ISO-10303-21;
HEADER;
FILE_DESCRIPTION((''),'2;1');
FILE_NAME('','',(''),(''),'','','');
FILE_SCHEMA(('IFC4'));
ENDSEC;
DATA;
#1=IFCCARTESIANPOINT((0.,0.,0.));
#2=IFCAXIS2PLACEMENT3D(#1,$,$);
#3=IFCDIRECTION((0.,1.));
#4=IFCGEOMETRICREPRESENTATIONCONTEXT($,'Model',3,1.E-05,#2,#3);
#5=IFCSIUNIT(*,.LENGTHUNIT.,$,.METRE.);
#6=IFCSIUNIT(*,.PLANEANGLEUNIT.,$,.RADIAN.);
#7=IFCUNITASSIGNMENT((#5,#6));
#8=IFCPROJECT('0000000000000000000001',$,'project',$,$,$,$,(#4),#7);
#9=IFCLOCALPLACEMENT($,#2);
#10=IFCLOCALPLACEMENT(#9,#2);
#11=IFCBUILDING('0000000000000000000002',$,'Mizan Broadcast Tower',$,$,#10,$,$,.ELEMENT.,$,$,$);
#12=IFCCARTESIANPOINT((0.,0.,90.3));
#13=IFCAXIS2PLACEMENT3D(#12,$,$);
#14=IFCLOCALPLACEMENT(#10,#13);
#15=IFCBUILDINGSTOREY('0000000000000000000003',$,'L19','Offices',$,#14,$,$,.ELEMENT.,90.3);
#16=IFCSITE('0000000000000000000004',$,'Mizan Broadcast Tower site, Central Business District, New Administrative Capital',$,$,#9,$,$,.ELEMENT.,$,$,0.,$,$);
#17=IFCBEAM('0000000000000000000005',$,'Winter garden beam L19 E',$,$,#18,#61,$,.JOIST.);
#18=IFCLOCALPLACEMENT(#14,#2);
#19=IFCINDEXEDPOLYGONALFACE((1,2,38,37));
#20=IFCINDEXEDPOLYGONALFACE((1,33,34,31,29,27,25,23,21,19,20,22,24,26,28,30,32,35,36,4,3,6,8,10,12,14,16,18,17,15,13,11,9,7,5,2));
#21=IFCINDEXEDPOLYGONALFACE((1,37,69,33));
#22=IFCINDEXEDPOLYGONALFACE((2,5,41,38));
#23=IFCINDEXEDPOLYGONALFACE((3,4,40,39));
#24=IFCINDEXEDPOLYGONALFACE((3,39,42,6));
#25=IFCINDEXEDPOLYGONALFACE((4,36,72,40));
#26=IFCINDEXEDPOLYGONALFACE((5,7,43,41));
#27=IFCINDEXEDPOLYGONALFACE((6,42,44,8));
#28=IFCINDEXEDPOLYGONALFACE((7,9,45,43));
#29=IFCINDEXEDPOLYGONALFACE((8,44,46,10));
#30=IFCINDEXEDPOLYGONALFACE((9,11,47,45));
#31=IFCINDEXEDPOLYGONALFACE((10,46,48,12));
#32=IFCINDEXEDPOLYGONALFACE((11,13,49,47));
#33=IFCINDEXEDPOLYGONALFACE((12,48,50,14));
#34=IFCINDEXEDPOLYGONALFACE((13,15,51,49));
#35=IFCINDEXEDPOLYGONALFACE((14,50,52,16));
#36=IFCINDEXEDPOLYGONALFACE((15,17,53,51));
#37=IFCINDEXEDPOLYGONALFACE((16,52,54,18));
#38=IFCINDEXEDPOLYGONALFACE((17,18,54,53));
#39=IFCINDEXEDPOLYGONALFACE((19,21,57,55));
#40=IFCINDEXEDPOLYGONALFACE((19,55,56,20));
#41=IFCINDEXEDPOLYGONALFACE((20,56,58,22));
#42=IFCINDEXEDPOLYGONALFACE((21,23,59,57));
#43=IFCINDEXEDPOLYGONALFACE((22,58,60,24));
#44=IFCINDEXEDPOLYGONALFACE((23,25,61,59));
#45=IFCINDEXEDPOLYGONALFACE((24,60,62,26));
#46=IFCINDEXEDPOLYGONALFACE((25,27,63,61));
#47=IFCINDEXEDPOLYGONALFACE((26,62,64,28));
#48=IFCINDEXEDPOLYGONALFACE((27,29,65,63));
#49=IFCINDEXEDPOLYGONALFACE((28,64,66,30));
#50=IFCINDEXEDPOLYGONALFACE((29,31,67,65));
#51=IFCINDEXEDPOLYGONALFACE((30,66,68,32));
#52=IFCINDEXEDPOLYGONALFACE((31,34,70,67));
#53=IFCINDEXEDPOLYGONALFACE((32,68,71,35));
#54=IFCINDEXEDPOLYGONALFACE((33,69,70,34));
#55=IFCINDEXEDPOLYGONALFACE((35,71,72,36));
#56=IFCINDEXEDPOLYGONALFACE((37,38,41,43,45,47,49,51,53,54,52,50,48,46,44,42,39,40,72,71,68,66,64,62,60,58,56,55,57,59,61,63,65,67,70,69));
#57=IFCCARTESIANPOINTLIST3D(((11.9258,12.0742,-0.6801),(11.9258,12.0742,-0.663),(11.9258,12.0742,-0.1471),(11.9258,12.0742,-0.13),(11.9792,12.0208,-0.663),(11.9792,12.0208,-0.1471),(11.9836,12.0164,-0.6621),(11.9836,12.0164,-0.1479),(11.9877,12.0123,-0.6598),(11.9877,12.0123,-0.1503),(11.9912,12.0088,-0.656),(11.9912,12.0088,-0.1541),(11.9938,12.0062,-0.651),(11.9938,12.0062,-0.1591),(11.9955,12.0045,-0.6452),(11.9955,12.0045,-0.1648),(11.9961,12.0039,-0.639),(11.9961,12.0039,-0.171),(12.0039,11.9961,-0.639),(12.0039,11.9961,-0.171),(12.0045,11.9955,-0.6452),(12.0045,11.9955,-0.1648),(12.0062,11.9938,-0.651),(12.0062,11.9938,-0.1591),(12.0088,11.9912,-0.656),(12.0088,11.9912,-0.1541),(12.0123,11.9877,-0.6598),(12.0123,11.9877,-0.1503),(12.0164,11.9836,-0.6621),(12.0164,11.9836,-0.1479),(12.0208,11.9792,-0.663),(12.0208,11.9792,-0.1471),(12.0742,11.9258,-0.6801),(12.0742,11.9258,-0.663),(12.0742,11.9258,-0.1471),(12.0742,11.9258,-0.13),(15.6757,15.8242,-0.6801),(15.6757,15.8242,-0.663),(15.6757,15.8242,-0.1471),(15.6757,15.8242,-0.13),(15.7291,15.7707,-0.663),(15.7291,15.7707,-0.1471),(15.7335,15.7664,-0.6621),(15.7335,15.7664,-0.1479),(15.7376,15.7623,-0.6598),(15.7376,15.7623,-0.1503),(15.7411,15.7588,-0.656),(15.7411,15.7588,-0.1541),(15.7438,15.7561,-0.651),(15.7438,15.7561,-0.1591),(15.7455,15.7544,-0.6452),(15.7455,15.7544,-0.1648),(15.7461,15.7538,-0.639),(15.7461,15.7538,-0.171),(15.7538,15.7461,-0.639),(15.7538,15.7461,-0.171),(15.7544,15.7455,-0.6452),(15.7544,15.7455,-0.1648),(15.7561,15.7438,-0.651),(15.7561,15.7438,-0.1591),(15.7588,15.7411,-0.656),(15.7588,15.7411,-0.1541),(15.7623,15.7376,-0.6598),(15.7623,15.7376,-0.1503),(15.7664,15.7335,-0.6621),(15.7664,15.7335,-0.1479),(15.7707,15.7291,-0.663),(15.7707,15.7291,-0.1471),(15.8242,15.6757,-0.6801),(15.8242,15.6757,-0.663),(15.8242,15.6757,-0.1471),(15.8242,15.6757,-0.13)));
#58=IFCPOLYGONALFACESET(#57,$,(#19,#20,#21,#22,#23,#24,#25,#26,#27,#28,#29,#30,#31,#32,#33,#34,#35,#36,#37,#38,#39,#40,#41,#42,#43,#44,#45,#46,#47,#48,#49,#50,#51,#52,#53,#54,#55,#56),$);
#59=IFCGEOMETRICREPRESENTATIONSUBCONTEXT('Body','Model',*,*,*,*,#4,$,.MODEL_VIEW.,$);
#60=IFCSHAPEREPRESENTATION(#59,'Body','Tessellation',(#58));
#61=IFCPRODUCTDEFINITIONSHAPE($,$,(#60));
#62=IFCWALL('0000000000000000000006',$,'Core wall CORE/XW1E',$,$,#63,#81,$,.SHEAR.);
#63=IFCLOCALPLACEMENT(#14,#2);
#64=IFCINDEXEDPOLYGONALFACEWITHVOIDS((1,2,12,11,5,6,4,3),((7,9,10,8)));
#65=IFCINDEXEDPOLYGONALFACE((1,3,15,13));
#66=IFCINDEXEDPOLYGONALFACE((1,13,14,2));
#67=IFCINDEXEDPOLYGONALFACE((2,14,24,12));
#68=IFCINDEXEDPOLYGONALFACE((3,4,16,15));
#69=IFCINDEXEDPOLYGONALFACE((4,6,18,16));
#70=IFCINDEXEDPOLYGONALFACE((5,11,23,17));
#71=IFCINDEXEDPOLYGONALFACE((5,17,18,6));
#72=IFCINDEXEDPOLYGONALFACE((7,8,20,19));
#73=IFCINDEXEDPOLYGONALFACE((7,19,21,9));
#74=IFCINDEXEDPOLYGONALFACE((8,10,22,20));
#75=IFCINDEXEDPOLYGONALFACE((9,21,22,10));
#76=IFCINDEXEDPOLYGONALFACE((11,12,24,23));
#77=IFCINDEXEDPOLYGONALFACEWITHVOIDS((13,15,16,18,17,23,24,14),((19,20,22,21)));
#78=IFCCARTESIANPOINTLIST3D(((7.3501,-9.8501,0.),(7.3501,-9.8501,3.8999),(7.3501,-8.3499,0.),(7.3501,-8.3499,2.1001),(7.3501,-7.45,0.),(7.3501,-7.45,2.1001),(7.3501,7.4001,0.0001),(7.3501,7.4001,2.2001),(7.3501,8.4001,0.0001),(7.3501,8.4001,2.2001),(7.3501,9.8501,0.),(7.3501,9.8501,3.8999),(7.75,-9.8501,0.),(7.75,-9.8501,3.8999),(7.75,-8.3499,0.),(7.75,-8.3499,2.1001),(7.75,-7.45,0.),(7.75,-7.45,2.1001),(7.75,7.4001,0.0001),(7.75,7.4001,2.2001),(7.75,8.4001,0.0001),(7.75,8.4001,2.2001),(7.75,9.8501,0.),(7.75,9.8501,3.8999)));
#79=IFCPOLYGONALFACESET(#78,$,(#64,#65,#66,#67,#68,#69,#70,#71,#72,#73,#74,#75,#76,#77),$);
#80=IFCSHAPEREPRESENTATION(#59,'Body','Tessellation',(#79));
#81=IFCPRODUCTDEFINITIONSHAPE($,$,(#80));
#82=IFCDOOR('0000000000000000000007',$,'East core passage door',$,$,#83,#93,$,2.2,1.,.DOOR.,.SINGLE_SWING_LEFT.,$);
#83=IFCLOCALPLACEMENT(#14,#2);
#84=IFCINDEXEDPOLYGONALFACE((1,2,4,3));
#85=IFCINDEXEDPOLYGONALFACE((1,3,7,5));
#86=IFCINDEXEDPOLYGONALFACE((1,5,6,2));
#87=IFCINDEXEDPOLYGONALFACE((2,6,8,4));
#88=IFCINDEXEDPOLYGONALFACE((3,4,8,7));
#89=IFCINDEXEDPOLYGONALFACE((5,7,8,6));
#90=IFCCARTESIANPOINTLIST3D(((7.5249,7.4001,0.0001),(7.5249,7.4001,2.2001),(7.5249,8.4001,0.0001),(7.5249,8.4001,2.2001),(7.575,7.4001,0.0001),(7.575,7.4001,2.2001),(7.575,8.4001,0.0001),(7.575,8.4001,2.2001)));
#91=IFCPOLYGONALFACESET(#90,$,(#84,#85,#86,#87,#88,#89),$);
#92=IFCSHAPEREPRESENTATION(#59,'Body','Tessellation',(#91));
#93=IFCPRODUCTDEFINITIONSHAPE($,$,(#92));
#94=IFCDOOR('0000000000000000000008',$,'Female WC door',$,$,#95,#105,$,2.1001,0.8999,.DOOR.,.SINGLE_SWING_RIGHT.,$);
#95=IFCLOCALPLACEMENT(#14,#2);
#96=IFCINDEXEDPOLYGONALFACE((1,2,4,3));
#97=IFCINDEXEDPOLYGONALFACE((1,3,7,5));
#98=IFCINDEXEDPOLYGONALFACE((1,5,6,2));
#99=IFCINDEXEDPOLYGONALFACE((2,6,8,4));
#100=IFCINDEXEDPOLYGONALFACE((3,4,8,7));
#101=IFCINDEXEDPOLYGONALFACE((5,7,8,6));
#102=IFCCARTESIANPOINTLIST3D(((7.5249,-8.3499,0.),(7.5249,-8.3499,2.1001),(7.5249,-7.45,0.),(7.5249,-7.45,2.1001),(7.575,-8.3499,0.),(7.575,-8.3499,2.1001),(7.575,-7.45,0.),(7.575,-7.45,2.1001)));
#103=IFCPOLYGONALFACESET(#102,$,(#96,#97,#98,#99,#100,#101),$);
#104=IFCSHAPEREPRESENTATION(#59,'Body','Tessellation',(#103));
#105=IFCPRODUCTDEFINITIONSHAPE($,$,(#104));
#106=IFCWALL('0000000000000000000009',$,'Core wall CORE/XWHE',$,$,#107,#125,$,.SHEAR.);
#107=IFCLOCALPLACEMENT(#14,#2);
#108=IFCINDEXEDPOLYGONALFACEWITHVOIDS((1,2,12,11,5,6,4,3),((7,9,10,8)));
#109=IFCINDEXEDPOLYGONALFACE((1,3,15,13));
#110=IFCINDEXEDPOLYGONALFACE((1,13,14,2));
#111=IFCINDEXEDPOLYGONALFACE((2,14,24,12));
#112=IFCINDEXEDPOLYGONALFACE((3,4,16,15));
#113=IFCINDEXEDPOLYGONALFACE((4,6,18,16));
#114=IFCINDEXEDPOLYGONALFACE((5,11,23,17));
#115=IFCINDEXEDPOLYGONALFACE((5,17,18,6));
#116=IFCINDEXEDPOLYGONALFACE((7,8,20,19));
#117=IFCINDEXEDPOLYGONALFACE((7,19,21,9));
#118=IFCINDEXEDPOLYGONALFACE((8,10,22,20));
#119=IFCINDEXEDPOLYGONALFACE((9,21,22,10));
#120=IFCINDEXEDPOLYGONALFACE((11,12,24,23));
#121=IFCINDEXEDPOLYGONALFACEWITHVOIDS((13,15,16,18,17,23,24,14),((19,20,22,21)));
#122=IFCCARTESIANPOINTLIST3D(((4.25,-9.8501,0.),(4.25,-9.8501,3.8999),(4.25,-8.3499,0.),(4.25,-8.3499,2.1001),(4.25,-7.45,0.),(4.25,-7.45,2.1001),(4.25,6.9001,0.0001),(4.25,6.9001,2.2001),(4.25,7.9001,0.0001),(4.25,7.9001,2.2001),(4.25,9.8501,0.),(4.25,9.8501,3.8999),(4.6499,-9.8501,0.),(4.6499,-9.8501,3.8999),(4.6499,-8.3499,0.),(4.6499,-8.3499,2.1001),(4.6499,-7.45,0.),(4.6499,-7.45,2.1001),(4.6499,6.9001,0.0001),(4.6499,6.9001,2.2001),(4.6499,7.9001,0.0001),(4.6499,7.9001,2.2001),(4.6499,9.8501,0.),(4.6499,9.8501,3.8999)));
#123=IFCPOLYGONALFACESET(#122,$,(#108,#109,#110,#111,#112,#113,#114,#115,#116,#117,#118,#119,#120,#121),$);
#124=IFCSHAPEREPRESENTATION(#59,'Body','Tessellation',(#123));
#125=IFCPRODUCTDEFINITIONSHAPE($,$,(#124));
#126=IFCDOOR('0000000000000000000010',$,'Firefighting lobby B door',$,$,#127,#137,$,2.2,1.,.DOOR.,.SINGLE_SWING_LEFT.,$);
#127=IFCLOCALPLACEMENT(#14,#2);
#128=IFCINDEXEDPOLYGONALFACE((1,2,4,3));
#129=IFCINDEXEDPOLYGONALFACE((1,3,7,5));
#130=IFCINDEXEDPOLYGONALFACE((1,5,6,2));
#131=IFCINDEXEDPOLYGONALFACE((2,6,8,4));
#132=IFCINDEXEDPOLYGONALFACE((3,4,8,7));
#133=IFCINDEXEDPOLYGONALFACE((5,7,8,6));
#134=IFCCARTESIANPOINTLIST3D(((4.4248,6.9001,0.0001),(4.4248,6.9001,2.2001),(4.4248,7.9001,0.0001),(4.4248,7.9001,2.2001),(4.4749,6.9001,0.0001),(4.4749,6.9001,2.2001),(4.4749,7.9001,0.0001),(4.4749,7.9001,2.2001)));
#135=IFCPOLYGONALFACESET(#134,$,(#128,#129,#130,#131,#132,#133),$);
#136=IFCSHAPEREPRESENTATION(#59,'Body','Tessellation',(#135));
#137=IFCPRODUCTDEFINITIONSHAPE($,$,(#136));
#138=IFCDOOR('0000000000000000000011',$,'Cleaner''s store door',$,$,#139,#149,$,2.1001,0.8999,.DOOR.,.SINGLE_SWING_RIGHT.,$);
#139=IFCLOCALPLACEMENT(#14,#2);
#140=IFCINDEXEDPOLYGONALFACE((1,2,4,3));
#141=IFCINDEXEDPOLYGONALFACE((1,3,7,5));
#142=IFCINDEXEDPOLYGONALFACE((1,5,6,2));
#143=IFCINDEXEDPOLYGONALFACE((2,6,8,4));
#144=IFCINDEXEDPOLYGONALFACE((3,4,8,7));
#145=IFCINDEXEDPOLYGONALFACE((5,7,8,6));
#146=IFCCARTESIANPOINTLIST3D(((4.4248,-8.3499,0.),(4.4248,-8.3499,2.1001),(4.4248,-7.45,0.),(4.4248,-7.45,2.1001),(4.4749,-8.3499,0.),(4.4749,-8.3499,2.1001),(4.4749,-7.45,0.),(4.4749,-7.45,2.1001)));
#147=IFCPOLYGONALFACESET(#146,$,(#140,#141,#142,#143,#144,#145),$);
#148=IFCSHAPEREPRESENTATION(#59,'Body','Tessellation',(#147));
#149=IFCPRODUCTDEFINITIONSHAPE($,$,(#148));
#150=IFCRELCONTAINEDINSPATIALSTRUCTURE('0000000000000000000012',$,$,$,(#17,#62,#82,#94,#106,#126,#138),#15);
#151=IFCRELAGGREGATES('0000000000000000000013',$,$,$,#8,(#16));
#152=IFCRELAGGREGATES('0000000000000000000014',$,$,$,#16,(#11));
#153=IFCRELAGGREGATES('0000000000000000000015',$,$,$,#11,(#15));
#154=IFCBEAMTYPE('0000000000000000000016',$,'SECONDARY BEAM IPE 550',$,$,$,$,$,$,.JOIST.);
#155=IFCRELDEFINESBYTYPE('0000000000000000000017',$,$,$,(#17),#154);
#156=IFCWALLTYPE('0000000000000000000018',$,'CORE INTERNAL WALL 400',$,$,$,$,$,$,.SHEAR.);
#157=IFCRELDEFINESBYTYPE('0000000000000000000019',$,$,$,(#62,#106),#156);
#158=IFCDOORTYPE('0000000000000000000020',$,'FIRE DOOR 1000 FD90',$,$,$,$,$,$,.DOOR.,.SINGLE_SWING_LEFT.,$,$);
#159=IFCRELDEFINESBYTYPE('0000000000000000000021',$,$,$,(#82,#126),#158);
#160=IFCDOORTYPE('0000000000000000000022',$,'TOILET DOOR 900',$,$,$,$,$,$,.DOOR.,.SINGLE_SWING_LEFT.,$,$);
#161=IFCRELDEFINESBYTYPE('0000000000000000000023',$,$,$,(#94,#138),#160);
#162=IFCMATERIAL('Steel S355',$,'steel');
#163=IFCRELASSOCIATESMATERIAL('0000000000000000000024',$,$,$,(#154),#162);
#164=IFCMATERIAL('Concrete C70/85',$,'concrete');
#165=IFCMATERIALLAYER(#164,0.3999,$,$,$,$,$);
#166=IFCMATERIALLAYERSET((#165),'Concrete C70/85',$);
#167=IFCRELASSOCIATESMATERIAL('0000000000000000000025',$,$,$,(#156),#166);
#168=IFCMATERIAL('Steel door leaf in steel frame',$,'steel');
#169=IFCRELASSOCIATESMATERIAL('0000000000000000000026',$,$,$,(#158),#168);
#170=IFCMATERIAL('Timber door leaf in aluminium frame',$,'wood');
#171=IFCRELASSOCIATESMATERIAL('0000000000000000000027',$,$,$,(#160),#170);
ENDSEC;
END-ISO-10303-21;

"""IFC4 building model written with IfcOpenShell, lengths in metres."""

from ifc_helpers import new_model, si_unit, direction, frame, frame_2d, origin, origin_2d, place, context, subcontext, project, spatial, rectangle, i_section, extrude, material, layer, layer_set, material_profile, profile_set, type_object, element, fill, save


model = new_model("IFC4")

# Units and contexts
model_context = context("Model", 3, precision=1e-05, world=origin(), true_north=direction((0.0, 1.0)))
body_context = subcontext(model_context, "Body", "Model", "MODEL_VIEW")
ifc_project = project(units=[si_unit("LENGTHUNIT", "METRE"), si_unit("PLANEANGLEUNIT", "RADIAN")], contexts=[model_context])

# Site, building, storey
site_placement = place(None, origin())
site = spatial("IfcSite", under=ifc_project, at=site_placement, Name="Mizan Broadcast Tower site, Central Business District, New Administrative Capital", CompositionType="ELEMENT", RefElevation=0.0)
building_placement = place(site_placement, origin())
building = spatial("IfcBuilding", under=site, at=building_placement, Name="Mizan Broadcast Tower", CompositionType="ELEMENT")
storey_placement = place(building_placement, frame((0.0, 0.0, 90.3)))
storey = spatial("IfcBuildingStorey", under=building, at=storey_placement, Name="L19", Description="Offices", CompositionType="ELEMENT", Elevation=90.3)

# Beam
ifc_material_1 = material(Name="Steel S355", Category="steel")
ifc_material_profile_1 = material_profile(ifc_material_1, i_section(OverallWidth=0.21, OverallDepth=0.55, WebThickness=0.011, FlangeThickness=0.0171, FilletRadius=0.0239, at=origin_2d()), Name="IPE 550")
ifc_profile_set_1 = profile_set([ifc_material_profile_1], Name="Steel S355")
beam_type_1 = type_object("IfcBeamType", Name="SECONDARY BEAM IPE 550", PredefinedType="JOIST", material=ifc_profile_set_1)
beam_1_placement = place(storey_placement, frame((12.0, 12.0, -0.405), z_axis=(0.707107, 0.707107, 0.0), x_axis=(-0.707107, 0.707107, 0.0)))
element("IfcBeam", 1, at=beam_1_placement, inside=storey, type_object=beam_type_1, Name="Winter garden beam L19 E", PredefinedType="JOIST", context=body_context, shape_type="SweptSolid", body=[
    extrude(i_section(OverallWidth=0.21, OverallDepth=0.55, WebThickness=0.011, FlangeThickness=0.0171, FilletRadius=0.0239, at=origin_2d()), origin(), (0.0, 0.0, 1.0), 5.3032),
])

# Walls, openings, doors
ifc_material_2 = material(Name="Concrete C70/85", Category="concrete")
ifc_layer_1 = layer(ifc_material_2, 0.3999)
ifc_layer_set_1 = layer_set([ifc_layer_1], Name="Concrete C70/85")
wall_type_1 = type_object("IfcWallType", Name="CORE INTERNAL WALL 400", PredefinedType="SHEAR", material=ifc_layer_set_1)
wall_1_placement = place(storey_placement, frame((7.55, 9.8501, 0.0), z_axis=(0.0, 0.0, 1.0), x_axis=(0.0, -1.0, 0.0)))
wall_1 = element("IfcWall", 2, at=wall_1_placement, inside=storey, type_object=wall_type_1, Name="Core wall CORE/XW1E", PredefinedType="SHEAR", context=body_context, shape_type="SweptSolid", body=[
    extrude(rectangle(XDim=19.7002, YDim=0.3999, at=frame_2d((9.8501, 0.0))), origin(), (0.0, 0.0, 1.0), 3.8999),
])
opening_1_placement = place(wall_1_placement, frame((1.45, 0.0, 0.0)))
opening_1 = element("IfcOpeningElement", 3, at=opening_1_placement, cuts=wall_1, PredefinedType="OPENING", context=body_context, shape_type="SweptSolid", body=[
    extrude(rectangle(XDim=1.0, YDim=2.2, at=frame_2d((0.5, 1.1001))), frame((0.0, 0.21, 0.0), z_axis=(0.0, -1.0, 0.0), x_axis=(1.0, 0.0, 0.0)), (0.0, 0.0, 1.0), 0.4199),
])
opening_2_placement = place(wall_1_placement, frame((17.3, 0.0, 0.0)))
opening_2 = element("IfcOpeningElement", 4, at=opening_2_placement, cuts=wall_1, PredefinedType="OPENING", context=body_context, shape_type="SweptSolid", body=[
    extrude(rectangle(XDim=0.8999, YDim=2.1001, at=frame_2d((0.45, 1.05))), frame((0.0, 0.21, 0.0), z_axis=(0.0, -1.0, 0.0), x_axis=(1.0, 0.0, 0.0)), (0.0, 0.0, 1.0), 0.4199),
])
ifc_material_3 = material(Name="Steel door leaf in steel frame", Category="steel")
door_type_1 = type_object("IfcDoorType", Name="FIRE DOOR 1000 FD90", OperationType="SINGLE_SWING_LEFT", PredefinedType="DOOR", material=ifc_material_3)
door_1_placement = place(opening_1_placement, origin())
door_1 = element("IfcDoor", 5, at=door_1_placement, inside=storey, type_object=door_type_1, Name="East core passage door", OperationType="SINGLE_SWING_LEFT", OverallHeight=2.2, OverallWidth=1.0, PredefinedType="DOOR", context=body_context, shape_type="SweptSolid", body=[
    extrude(rectangle(XDim=1.0, YDim=2.2, at=frame_2d((0.5, 1.1001))), frame((0.0, 0.0249, 0.0), z_axis=(0.0, -1.0, 0.0), x_axis=(1.0, 0.0, 0.0)), (0.0, 0.0, 1.0), 0.05),
])
fill(opening_1, door_1)
ifc_material_4 = material(Name="Timber door leaf in aluminium frame", Category="wood")
door_type_2 = type_object("IfcDoorType", Name="TOILET DOOR 900", OperationType="SINGLE_SWING_LEFT", PredefinedType="DOOR", material=ifc_material_4)
door_2_placement = place(opening_2_placement, origin())
door_2 = element("IfcDoor", 6, at=door_2_placement, inside=storey, type_object=door_type_2, Name="Female WC door", OperationType="SINGLE_SWING_RIGHT", OverallHeight=2.1001, OverallWidth=0.8999, PredefinedType="DOOR", context=body_context, shape_type="SweptSolid", body=[
    extrude(rectangle(XDim=0.8999, YDim=2.1001, at=frame_2d((0.45, 1.05))), frame((0.0, 0.0249, 0.0), z_axis=(0.0, -1.0, 0.0), x_axis=(1.0, 0.0, 0.0)), (0.0, 0.0, 1.0), 0.05),
])
fill(opening_2, door_2)
wall_2_placement = place(storey_placement, frame((4.45, 9.8501, 0.0), z_axis=(0.0, 0.0, 1.0), x_axis=(0.0, -1.0, 0.0)))
wall_2 = element("IfcWall", 7, at=wall_2_placement, inside=storey, type_object=wall_type_1, Name="Core wall CORE/XWHE", PredefinedType="SHEAR", context=body_context, shape_type="SweptSolid", body=[
    extrude(rectangle(XDim=19.7002, YDim=0.3999, at=frame_2d((9.8501, 0.0))), origin(), (0.0, 0.0, 1.0), 3.8999),
])
opening_3_placement = place(wall_2_placement, frame((1.95, 0.0, 0.0)))
opening_3 = element("IfcOpeningElement", 8, at=opening_3_placement, cuts=wall_2, PredefinedType="OPENING", context=body_context, shape_type="SweptSolid", body=[
    extrude(rectangle(XDim=1.0, YDim=2.2, at=frame_2d((0.5, 1.1001))), frame((0.0, 0.21, 0.0), z_axis=(0.0, -1.0, 0.0), x_axis=(1.0, 0.0, 0.0)), (0.0, 0.0, 1.0), 0.4199),
])
opening_4_placement = place(wall_2_placement, frame((17.3, 0.0, 0.0)))
opening_4 = element("IfcOpeningElement", 9, at=opening_4_placement, cuts=wall_2, PredefinedType="OPENING", context=body_context, shape_type="SweptSolid", body=[
    extrude(rectangle(XDim=0.8999, YDim=2.1001, at=frame_2d((0.45, 1.05))), frame((0.0, 0.21, 0.0), z_axis=(0.0, -1.0, 0.0), x_axis=(1.0, 0.0, 0.0)), (0.0, 0.0, 1.0), 0.4199),
])
door_3_placement = place(opening_3_placement, origin())
door_3 = element("IfcDoor", 10, at=door_3_placement, inside=storey, type_object=door_type_1, Name="Firefighting lobby B door", OperationType="SINGLE_SWING_LEFT", OverallHeight=2.2, OverallWidth=1.0, PredefinedType="DOOR", context=body_context, shape_type="SweptSolid", body=[
    extrude(rectangle(XDim=1.0, YDim=2.2, at=frame_2d((0.5, 1.1001))), frame((0.0, 0.0249, 0.0), z_axis=(0.0, -1.0, 0.0), x_axis=(1.0, 0.0, 0.0)), (0.0, 0.0, 1.0), 0.05),
])
fill(opening_3, door_3)
door_4_placement = place(opening_4_placement, origin())
door_4 = element("IfcDoor", 11, at=door_4_placement, inside=storey, type_object=door_type_2, Name="Cleaner's store door", OperationType="SINGLE_SWING_RIGHT", OverallHeight=2.1001, OverallWidth=0.8999, PredefinedType="DOOR", context=body_context, shape_type="SweptSolid", body=[
    extrude(rectangle(XDim=0.8999, YDim=2.1001, at=frame_2d((0.45, 1.05))), frame((0.0, 0.0249, 0.0), z_axis=(0.0, -1.0, 0.0), x_axis=(1.0, 0.0, 0.0)), (0.0, 0.0, 1.0), 0.05),
])
fill(opening_4, door_4)

save(model, "model.ifc")
